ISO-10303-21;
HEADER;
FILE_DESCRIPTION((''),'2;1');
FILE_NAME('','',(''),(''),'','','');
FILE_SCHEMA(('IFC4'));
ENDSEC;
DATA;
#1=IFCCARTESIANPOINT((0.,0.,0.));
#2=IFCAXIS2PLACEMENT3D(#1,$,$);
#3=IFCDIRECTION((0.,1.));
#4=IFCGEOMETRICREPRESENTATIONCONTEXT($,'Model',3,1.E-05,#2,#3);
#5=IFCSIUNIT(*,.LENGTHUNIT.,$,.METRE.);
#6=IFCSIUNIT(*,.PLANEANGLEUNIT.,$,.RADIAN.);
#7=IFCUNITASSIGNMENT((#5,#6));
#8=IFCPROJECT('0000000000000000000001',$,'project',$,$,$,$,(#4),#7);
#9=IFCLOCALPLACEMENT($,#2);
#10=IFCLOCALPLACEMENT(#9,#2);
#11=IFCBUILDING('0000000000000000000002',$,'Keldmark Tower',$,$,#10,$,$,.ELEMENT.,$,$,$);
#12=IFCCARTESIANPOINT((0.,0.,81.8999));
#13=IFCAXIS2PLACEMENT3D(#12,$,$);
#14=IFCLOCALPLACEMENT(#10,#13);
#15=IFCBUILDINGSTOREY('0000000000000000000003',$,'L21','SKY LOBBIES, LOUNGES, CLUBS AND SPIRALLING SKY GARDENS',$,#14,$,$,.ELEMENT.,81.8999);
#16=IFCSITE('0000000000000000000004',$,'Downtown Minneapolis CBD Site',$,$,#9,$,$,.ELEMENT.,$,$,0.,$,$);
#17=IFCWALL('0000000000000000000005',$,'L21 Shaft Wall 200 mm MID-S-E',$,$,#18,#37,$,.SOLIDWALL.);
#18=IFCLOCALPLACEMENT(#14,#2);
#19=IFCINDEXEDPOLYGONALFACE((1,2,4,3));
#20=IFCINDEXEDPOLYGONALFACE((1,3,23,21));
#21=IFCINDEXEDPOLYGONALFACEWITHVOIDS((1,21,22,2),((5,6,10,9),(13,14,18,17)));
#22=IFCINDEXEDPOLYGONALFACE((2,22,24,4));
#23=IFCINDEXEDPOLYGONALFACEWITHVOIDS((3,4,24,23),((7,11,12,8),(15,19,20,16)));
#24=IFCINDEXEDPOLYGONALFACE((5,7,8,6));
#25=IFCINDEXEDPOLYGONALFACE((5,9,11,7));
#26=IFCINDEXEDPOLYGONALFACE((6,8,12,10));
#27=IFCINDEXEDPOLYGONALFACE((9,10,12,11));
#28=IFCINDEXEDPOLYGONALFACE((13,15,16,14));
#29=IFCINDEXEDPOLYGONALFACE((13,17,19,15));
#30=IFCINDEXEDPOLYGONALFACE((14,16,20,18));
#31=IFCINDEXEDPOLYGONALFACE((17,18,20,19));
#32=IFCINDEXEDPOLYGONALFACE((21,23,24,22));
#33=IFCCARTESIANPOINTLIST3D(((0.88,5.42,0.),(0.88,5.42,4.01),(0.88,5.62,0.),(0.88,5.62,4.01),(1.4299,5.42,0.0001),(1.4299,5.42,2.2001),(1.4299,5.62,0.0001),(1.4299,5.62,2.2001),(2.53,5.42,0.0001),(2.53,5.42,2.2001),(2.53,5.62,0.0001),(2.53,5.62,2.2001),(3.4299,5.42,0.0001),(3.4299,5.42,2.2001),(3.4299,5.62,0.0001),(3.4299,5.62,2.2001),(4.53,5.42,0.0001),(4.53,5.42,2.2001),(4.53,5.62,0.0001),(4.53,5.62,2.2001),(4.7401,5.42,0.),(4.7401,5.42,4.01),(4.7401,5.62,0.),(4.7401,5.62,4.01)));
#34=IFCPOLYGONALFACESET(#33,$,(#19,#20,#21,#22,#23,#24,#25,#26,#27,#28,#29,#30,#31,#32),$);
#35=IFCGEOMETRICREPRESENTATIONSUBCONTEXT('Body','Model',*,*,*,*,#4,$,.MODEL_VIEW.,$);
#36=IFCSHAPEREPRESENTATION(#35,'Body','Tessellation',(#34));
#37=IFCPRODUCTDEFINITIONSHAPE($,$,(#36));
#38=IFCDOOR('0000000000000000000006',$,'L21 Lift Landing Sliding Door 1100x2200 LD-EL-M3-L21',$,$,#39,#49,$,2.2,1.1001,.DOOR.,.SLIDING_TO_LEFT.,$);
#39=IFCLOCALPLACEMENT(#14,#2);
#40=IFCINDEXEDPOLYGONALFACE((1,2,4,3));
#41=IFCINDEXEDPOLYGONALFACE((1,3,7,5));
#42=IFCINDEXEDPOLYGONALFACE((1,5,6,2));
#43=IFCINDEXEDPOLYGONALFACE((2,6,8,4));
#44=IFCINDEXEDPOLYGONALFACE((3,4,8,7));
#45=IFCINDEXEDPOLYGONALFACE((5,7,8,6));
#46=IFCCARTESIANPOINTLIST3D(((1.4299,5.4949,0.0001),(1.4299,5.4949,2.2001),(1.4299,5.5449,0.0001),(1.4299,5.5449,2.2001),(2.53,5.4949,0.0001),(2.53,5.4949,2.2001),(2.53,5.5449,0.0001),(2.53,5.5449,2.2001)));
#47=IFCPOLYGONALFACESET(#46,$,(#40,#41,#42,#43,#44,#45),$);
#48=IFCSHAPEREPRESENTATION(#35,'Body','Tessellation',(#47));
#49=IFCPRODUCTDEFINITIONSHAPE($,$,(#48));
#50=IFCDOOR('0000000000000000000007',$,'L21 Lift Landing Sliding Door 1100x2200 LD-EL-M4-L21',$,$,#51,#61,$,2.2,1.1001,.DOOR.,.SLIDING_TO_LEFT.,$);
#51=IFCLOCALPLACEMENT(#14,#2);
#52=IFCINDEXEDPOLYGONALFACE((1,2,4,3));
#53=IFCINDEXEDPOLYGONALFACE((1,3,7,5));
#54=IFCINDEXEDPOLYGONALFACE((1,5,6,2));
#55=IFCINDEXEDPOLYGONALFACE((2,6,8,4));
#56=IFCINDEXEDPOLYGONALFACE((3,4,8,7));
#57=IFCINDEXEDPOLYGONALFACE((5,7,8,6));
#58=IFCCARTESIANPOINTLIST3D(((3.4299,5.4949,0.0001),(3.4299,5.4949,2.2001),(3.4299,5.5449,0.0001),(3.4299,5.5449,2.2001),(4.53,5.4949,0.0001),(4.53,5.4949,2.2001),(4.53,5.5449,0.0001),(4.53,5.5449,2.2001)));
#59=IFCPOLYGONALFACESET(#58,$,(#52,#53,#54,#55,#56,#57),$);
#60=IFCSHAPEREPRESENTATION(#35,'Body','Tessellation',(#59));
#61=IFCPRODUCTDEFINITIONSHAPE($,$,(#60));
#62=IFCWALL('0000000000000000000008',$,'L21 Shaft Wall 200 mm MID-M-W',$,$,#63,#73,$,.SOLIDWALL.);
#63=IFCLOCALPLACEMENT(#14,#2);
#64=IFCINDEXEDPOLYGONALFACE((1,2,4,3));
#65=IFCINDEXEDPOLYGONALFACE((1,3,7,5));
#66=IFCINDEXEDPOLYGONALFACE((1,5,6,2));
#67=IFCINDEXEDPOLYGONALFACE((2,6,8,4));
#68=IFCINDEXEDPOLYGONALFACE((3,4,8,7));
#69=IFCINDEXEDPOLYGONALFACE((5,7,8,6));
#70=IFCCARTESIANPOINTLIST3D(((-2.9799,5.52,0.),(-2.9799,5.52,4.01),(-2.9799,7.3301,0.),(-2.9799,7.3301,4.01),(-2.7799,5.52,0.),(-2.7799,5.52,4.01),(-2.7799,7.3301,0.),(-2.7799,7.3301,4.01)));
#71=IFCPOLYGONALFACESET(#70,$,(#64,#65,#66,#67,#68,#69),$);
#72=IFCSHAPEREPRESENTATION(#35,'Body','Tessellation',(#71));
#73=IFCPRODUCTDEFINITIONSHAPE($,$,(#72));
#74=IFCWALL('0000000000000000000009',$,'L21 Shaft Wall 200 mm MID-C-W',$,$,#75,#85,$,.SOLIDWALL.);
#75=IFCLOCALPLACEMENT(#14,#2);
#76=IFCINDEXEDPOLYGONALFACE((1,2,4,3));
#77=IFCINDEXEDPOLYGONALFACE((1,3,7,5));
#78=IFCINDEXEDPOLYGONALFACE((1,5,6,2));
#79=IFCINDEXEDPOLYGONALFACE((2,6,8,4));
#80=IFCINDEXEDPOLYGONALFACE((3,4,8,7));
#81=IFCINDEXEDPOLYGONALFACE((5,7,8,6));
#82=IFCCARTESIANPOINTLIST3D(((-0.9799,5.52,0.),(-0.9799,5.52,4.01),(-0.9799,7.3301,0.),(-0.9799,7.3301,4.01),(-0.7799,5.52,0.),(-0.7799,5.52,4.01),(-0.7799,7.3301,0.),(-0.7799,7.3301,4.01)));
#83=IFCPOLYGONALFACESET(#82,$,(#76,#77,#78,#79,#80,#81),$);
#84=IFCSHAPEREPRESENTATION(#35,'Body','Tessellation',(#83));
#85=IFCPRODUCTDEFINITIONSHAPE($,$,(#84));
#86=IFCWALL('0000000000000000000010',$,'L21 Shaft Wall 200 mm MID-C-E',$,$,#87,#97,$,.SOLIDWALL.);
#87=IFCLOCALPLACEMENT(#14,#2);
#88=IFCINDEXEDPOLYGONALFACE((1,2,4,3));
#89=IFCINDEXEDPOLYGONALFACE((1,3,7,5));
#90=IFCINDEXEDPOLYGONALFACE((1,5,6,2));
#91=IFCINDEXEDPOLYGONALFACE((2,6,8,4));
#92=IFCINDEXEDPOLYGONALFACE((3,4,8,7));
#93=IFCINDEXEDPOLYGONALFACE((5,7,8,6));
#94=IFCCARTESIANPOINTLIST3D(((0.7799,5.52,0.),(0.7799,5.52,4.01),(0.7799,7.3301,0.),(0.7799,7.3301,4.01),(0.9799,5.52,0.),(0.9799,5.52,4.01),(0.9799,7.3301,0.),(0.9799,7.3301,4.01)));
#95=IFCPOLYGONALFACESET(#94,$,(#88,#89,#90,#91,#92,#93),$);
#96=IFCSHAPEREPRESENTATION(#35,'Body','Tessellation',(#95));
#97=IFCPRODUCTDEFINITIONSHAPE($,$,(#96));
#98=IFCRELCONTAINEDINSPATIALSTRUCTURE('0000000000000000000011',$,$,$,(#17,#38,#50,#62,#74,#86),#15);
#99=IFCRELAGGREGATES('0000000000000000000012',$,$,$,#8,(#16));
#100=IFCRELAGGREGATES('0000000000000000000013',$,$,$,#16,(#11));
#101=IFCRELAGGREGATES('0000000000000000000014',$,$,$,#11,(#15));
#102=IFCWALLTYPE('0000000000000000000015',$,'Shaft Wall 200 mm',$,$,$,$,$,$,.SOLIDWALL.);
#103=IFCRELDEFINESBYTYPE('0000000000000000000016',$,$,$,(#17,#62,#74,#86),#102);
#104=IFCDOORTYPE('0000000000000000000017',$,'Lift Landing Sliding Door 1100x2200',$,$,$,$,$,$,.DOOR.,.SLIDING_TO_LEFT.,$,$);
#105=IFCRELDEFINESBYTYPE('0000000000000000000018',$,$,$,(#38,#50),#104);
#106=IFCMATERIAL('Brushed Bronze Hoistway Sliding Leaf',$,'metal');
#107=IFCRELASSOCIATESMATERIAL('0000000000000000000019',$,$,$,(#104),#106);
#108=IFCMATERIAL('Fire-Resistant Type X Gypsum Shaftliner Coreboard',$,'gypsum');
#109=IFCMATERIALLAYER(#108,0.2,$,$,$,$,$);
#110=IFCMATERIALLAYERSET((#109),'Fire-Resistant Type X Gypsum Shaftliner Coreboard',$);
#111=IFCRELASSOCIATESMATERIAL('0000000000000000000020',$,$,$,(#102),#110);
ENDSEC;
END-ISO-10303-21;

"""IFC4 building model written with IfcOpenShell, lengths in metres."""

from ifc_helpers import new_model, si_unit, direction, frame, frame_2d, origin, place, context, subcontext, project, spatial, rectangle, extrude, material, layer, layer_set, type_object, element, fill, save


model = new_model("IFC4")

# Units and contexts
model_context = context("Model", 3, precision=1e-05, world=origin(), true_north=direction((0.0, 1.0)))
body_context = subcontext(model_context, "Body", "Model", "MODEL_VIEW")
ifc_project = project(units=[si_unit("LENGTHUNIT", "METRE"), si_unit("PLANEANGLEUNIT", "RADIAN")], contexts=[model_context])

# Site, building, storey
site_placement = place(None, origin())
site = spatial("IfcSite", under=ifc_project, at=site_placement, Name="Downtown Minneapolis CBD Site", CompositionType="ELEMENT", RefElevation=0.0)
building_placement = place(site_placement, origin())
building = spatial("IfcBuilding", under=site, at=building_placement, Name="Keldmark Tower", CompositionType="ELEMENT")
storey_placement = place(building_placement, frame((0.0, 0.0, 81.8999)))
storey = spatial("IfcBuildingStorey", under=building, at=storey_placement, Name="L21", Description="SKY LOBBIES, LOUNGES, CLUBS AND SPIRALLING SKY GARDENS", CompositionType="ELEMENT", Elevation=81.8999)

# Shared definitions
ifc_material_1 = material(Name="Brushed Bronze Hoistway Sliding Leaf", Category="metal")
door_type_1 = type_object("IfcDoorType", Name="Lift Landing Sliding Door 1100x2200", OperationType="SLIDING_TO_LEFT", PredefinedType="DOOR", material=ifc_material_1)

# Shared definitions
ifc_material_2 = material(Name="Fire-Resistant Type X Gypsum Shaftliner Coreboard", Category="gypsum")
ifc_layer_1 = layer(ifc_material_2, 0.2)
ifc_layer_set_1 = layer_set([ifc_layer_1], Name="Fire-Resistant Type X Gypsum Shaftliner Coreboard")
wall_type_1 = type_object("IfcWallType", Name="Shaft Wall 200 mm", PredefinedType="SOLIDWALL", material=ifc_layer_set_1)

# Wall, openings, doors
wall_1_placement = place(storey_placement, frame((0.8799, 5.52, 0.0), z_axis=(0.0, 0.0, 1.0), x_axis=(1.0, 0.0, 0.0)))
wall_1 = element("IfcWall", 1, at=wall_1_placement, inside=storey, type_object=wall_type_1, Name="L21 Shaft Wall 200 mm MID-S-E", PredefinedType="SOLIDWALL", context=body_context, shape_type="SweptSolid", body=[
    extrude(rectangle(XDim=3.8601, YDim=0.2, at=frame_2d((1.9302, 0.0))), origin(), (0.0, 0.0, 1.0), 4.01),
])
opening_1_placement = place(wall_1_placement, frame((0.55, 0.0, 0.0)))
opening_1 = element("IfcOpeningElement", 2, at=opening_1_placement, cuts=wall_1, PredefinedType="OPENING", context=body_context, shape_type="SweptSolid", body=[
    extrude(rectangle(XDim=1.1001, YDim=2.2, at=frame_2d((0.55, 1.1001))), frame((0.0, 0.1099, 0.0), z_axis=(0.0, -1.0, 0.0), x_axis=(1.0, 0.0, 0.0)), (0.0, 0.0, 1.0), 0.22),
])
opening_2_placement = place(wall_1_placement, frame((2.55, 0.0, 0.0)))
opening_2 = element("IfcOpeningElement", 3, at=opening_2_placement, cuts=wall_1, PredefinedType="OPENING", context=body_context, shape_type="SweptSolid", body=[
    extrude(rectangle(XDim=1.1001, YDim=2.2, at=frame_2d((0.55, 1.1001))), frame((0.0, 0.1099, 0.0), z_axis=(0.0, -1.0, 0.0), x_axis=(1.0, 0.0, 0.0)), (0.0, 0.0, 1.0), 0.22),
])
door_1_placement = place(opening_1_placement, origin())
door_1 = element("IfcDoor", 4, at=door_1_placement, inside=storey, type_object=door_type_1, Name="L21 Lift Landing Sliding Door 1100x2200 LD-EL-M3-L21", OperationType="SLIDING_TO_LEFT", OverallHeight=2.2, OverallWidth=1.1001, PredefinedType="DOOR", context=body_context, shape_type="SweptSolid", body=[
    extrude(rectangle(XDim=1.1001, YDim=2.2, at=frame_2d((0.55, 1.1001))), frame((0.0, 0.0249, 0.0), z_axis=(0.0, -1.0, 0.0), x_axis=(1.0, 0.0, 0.0)), (0.0, 0.0, 1.0), 0.05),
])
fill(opening_1, door_1)
door_2_placement = place(opening_2_placement, origin())
door_2 = element("IfcDoor", 5, at=door_2_placement, inside=storey, type_object=door_type_1, Name="L21 Lift Landing Sliding Door 1100x2200 LD-EL-M4-L21", OperationType="SLIDING_TO_LEFT", OverallHeight=2.2, OverallWidth=1.1001, PredefinedType="DOOR", context=body_context, shape_type="SweptSolid", body=[
    extrude(rectangle(XDim=1.1001, YDim=2.2, at=frame_2d((0.55, 1.1001))), frame((0.0, 0.0249, 0.0), z_axis=(0.0, -1.0, 0.0), x_axis=(1.0, 0.0, 0.0)), (0.0, 0.0, 1.0), 0.05),
])
fill(opening_2, door_2)

# Walls
for number, where, z_axis, x_axis, name in (
    (6, (-2.8799, 5.52, 0.0), (0.0, 0.0, 1.0), (0.0, 1.0, 0.0), "L21 Shaft Wall 200 mm MID-M-W"),
    (7, (-0.8799, 5.52, 0.0), (0.0, 0.0, 1.0), (0.0, 1.0, 0.0), "L21 Shaft Wall 200 mm MID-C-W"),
    (8, (0.8799, 5.52, 0.0), (0.0, 0.0, 1.0), (0.0, 1.0, 0.0), "L21 Shaft Wall 200 mm MID-C-E"),
):
    element("IfcWall", number, at=place(storey_placement, frame(where, z_axis=z_axis, x_axis=x_axis)), inside=storey, type_object=wall_type_1, Name=name, PredefinedType="SOLIDWALL", context=body_context, shape_type="SweptSolid", body=[
        extrude(rectangle(XDim=1.8101, YDim=0.2, at=frame_2d((0.905, 0.0))), origin(), (0.0, 0.0, 1.0), 4.01),
    ])

save(model, "model.ifc")
